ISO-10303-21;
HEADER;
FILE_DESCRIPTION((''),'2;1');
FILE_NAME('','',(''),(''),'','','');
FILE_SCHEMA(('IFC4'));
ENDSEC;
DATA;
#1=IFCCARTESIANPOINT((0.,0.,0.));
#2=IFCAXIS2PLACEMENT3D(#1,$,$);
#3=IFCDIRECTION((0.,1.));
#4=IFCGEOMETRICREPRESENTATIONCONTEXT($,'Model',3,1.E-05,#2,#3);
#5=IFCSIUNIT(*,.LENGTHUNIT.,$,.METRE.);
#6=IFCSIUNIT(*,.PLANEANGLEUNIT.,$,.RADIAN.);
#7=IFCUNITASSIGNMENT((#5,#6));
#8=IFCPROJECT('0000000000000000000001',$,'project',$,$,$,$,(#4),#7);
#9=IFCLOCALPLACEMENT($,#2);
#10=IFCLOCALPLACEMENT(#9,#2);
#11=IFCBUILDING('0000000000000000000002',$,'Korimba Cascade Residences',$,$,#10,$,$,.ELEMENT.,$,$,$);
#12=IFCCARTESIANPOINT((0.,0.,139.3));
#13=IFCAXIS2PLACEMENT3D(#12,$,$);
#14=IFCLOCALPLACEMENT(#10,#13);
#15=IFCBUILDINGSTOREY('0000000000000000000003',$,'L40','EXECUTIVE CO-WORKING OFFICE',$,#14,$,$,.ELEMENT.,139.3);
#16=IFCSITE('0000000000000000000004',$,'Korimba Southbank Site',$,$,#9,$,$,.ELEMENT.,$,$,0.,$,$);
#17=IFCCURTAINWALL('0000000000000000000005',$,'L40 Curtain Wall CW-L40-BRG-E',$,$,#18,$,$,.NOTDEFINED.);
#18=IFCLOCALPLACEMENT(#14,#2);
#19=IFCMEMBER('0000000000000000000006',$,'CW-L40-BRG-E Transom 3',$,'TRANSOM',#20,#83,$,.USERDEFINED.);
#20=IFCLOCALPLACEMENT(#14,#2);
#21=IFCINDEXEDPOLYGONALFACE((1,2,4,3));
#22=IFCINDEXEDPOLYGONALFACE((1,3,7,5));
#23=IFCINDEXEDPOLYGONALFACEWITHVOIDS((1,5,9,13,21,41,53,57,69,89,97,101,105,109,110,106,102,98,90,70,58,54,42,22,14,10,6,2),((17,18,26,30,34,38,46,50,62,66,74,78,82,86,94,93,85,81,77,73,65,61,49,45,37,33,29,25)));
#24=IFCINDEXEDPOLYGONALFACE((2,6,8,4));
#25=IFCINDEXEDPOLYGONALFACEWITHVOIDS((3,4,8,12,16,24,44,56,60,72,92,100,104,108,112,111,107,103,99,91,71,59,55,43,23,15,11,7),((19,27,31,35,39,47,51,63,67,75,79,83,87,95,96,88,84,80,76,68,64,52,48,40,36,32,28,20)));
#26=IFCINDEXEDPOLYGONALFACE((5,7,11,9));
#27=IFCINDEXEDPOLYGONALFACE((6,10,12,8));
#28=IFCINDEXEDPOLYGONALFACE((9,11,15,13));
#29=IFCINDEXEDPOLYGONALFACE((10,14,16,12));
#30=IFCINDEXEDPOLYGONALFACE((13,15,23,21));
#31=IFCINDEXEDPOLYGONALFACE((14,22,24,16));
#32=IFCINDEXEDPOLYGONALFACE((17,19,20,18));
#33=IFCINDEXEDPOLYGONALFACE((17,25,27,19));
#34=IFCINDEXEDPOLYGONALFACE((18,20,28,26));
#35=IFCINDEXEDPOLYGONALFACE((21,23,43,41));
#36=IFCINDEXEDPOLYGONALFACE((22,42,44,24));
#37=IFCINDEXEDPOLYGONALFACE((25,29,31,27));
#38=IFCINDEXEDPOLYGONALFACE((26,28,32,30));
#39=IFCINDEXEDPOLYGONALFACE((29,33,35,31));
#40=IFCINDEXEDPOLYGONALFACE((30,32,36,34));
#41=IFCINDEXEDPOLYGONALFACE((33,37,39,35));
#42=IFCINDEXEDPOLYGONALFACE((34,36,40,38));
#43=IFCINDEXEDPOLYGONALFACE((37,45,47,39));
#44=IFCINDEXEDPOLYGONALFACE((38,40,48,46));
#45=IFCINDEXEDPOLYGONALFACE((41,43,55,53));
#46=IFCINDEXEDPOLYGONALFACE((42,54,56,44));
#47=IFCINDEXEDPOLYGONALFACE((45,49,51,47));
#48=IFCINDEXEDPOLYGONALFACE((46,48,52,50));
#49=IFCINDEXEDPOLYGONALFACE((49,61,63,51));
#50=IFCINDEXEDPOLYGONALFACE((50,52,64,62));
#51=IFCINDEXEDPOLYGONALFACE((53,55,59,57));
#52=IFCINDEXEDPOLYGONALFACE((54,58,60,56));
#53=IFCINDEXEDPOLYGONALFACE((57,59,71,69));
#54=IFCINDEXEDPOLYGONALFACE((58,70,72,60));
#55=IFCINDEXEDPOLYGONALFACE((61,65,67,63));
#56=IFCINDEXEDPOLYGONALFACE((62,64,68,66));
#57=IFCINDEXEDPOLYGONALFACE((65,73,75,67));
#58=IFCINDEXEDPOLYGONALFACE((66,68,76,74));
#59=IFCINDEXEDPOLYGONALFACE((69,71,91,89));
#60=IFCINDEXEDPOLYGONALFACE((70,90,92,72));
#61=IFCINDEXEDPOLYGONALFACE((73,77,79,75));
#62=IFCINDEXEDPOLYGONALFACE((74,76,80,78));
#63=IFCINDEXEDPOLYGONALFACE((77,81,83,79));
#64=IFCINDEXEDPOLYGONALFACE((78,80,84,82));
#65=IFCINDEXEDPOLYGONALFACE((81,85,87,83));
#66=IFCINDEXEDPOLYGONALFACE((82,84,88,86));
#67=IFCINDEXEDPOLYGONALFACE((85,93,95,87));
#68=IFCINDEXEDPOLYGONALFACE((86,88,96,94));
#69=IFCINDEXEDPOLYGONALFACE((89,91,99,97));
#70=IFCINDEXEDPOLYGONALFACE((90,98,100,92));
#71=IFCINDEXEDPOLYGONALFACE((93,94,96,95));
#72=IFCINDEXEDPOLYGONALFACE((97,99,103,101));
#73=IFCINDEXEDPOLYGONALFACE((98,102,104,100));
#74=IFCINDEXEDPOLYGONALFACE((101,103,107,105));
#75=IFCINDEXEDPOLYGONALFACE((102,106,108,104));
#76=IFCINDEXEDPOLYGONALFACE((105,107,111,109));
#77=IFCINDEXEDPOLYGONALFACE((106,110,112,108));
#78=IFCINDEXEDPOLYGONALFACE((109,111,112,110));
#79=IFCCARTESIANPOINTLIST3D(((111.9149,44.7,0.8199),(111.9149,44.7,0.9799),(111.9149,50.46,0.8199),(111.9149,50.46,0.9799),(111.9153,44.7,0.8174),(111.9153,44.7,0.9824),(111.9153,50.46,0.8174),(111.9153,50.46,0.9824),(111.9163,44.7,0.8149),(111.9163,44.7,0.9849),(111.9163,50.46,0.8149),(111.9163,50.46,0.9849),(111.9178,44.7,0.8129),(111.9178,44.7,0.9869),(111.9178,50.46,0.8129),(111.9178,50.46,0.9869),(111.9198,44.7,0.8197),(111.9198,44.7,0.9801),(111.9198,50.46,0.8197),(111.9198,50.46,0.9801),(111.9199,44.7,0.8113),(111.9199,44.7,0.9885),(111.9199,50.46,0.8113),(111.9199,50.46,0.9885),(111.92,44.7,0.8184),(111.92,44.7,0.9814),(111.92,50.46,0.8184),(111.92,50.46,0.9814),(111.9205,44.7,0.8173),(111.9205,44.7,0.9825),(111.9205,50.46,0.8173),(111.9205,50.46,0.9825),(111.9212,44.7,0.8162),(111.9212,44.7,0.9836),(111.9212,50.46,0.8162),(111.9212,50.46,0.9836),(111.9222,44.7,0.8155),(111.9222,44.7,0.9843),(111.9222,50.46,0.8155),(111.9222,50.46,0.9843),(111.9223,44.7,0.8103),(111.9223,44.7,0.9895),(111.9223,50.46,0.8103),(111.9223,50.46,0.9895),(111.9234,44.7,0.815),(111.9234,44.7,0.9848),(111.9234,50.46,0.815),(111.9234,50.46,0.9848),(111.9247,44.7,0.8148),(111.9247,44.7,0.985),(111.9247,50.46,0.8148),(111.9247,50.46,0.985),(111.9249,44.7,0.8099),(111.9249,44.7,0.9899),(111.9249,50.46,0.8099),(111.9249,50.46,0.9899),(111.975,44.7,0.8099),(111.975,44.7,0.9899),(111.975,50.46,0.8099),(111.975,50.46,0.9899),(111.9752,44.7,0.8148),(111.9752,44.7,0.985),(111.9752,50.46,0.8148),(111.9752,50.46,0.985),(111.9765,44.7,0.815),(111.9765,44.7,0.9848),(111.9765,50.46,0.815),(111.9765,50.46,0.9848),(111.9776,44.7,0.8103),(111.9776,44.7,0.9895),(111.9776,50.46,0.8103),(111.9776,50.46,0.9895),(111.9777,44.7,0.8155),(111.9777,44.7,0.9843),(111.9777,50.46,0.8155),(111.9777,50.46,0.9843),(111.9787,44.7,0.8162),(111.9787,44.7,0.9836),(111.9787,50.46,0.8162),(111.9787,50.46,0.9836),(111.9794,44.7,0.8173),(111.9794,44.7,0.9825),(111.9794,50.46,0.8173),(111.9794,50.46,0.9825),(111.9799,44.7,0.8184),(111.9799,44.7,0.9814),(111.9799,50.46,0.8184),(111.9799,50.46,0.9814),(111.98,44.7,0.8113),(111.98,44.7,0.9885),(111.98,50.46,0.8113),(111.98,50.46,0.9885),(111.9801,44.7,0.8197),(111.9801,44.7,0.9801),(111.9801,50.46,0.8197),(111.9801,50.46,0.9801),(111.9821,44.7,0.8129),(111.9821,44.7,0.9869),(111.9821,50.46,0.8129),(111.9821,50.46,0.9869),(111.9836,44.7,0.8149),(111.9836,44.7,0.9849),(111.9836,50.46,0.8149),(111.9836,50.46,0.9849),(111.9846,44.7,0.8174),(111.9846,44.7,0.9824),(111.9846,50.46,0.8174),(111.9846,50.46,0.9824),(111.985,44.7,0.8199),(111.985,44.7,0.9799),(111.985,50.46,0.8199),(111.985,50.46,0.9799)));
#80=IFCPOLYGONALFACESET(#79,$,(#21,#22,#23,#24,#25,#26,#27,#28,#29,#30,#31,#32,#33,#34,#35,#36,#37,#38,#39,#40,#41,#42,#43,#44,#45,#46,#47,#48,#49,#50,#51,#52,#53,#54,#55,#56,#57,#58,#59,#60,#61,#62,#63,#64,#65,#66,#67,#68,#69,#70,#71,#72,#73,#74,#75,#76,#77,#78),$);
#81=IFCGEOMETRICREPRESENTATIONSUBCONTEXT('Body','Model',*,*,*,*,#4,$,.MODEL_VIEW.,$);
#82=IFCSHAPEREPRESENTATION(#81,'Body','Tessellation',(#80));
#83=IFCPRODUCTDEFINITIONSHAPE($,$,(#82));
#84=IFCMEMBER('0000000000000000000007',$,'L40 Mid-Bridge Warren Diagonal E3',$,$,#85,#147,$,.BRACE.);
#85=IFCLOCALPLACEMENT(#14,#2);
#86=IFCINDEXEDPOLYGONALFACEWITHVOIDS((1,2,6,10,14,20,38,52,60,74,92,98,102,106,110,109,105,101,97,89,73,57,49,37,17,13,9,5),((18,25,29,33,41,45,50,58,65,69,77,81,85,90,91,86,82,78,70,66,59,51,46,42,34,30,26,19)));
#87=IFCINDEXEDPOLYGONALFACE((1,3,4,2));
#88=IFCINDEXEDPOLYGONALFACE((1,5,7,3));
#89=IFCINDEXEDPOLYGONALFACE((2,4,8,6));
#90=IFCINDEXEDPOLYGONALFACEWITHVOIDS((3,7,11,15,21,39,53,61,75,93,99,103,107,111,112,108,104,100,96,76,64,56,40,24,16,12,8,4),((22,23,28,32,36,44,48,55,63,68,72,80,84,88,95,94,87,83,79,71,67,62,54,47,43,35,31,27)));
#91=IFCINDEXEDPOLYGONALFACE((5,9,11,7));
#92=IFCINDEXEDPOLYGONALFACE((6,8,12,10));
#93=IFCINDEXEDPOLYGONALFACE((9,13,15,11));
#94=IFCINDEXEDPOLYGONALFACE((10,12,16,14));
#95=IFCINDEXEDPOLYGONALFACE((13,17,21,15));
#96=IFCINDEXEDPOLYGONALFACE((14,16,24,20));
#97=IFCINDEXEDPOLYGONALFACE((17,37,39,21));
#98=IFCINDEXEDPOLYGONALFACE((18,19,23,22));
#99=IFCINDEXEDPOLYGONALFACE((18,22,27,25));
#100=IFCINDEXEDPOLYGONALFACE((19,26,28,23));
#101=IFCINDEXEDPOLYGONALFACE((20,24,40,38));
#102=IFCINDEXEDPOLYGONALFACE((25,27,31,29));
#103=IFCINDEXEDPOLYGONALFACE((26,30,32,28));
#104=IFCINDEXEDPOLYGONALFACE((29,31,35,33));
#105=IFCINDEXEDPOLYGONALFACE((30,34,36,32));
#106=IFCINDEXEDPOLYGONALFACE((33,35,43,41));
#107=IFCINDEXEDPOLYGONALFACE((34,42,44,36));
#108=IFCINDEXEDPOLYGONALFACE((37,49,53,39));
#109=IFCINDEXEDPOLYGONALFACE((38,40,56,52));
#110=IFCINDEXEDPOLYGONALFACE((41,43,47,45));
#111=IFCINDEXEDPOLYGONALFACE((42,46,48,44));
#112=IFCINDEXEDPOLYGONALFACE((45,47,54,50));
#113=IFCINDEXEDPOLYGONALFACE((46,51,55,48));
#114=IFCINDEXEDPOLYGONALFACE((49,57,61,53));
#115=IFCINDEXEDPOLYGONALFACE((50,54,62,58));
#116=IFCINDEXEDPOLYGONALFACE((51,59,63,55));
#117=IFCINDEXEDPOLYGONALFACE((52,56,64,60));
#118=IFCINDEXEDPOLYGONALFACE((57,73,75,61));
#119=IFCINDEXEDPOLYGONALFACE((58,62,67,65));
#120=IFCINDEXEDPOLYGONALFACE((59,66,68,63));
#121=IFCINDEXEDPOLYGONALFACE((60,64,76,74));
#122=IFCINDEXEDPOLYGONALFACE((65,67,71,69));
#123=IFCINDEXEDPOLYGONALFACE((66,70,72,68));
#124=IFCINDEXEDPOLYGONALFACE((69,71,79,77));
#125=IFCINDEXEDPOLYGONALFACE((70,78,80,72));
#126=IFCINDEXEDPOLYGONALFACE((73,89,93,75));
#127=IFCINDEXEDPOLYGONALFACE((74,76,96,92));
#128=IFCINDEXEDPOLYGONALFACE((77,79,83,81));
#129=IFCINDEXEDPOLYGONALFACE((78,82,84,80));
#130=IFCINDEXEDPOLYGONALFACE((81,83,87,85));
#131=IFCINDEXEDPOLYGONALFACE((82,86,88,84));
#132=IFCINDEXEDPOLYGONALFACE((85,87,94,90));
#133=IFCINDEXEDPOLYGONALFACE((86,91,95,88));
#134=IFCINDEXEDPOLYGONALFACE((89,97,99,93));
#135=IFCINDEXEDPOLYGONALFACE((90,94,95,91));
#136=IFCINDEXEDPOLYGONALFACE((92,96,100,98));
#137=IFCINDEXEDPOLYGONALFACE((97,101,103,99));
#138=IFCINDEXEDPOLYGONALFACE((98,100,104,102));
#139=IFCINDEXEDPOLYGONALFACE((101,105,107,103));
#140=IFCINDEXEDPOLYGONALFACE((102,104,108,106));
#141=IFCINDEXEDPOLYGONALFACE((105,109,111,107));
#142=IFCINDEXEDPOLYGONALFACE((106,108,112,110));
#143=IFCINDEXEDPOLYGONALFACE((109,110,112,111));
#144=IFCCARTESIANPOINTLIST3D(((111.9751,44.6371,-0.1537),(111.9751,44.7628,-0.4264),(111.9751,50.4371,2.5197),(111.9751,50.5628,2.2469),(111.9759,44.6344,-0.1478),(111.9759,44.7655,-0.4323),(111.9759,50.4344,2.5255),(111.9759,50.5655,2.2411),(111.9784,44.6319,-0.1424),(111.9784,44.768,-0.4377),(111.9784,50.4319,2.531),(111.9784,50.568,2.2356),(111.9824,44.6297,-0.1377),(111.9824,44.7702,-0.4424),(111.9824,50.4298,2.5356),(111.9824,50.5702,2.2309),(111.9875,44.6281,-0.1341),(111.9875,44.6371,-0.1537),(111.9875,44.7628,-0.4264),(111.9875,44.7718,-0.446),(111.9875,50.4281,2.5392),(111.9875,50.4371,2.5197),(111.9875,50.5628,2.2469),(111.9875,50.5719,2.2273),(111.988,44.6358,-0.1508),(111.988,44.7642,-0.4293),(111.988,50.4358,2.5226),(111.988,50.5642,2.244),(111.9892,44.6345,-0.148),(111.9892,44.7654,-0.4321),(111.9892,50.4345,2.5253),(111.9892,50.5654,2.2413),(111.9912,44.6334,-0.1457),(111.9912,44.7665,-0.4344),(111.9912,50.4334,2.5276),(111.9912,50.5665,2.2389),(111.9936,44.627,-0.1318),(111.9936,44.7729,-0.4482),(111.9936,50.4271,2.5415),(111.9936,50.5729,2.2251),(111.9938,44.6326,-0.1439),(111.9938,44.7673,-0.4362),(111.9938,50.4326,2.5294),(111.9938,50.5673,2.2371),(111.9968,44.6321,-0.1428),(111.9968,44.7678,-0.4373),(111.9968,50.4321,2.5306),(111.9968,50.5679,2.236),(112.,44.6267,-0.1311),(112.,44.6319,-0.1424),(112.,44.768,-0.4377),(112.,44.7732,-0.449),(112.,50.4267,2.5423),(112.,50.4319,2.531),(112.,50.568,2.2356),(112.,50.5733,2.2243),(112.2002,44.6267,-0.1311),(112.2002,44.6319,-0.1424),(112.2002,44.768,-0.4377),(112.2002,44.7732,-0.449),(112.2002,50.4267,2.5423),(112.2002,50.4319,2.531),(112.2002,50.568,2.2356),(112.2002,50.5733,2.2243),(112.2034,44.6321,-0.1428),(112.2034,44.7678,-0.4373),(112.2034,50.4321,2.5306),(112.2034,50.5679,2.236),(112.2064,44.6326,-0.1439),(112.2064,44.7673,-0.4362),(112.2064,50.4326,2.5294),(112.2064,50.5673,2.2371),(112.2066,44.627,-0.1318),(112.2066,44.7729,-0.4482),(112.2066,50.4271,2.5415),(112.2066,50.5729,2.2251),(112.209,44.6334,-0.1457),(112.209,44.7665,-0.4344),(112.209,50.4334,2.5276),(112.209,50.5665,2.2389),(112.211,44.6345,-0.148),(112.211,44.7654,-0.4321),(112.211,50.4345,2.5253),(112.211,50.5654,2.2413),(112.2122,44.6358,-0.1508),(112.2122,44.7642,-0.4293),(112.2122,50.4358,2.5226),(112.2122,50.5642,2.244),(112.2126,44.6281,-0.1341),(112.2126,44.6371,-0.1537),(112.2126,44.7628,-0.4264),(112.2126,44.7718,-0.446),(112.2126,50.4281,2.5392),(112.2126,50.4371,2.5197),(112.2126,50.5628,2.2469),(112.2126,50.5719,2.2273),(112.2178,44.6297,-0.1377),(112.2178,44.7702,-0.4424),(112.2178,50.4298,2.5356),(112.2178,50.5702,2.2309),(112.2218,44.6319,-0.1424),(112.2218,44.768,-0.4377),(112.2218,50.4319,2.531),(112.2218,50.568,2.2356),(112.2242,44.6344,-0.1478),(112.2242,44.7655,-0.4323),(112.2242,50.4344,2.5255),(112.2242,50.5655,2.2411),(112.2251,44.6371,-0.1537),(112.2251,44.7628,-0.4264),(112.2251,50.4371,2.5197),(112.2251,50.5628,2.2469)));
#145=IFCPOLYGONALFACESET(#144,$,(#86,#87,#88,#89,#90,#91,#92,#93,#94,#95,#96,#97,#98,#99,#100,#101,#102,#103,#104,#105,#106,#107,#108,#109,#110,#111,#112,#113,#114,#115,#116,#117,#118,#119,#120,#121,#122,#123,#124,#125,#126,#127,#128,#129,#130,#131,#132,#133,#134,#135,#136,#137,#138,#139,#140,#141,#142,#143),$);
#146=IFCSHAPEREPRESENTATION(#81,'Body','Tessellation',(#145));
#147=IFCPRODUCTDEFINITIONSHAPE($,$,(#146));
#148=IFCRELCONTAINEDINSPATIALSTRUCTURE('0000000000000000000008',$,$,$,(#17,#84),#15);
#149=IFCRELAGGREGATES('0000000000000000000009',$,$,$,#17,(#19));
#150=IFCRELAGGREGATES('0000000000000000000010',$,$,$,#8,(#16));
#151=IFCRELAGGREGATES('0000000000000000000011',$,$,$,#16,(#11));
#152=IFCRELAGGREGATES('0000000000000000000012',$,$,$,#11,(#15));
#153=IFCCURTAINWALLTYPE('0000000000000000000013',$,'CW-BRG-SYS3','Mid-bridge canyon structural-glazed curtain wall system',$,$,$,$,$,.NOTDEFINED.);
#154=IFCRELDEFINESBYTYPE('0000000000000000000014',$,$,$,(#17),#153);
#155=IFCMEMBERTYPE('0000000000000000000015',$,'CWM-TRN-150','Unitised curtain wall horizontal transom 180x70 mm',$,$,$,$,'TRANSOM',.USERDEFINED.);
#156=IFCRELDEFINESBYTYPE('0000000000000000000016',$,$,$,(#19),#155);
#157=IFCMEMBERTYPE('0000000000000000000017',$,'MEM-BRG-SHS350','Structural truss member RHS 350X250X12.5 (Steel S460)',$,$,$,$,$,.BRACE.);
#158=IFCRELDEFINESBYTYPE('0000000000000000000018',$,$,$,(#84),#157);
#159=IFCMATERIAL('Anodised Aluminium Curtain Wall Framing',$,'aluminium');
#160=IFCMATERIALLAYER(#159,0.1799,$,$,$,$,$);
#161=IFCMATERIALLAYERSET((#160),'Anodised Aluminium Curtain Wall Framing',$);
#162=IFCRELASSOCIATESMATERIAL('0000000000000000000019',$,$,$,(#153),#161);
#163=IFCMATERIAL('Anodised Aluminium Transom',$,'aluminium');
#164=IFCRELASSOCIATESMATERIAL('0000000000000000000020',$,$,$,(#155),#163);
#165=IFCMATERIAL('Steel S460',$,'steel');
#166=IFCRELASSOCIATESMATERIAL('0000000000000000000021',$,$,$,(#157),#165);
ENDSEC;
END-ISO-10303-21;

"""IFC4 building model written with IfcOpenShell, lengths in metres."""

from ifc_helpers import new_model, si_unit, direction, frame, origin, origin_2d, place, context, subcontext, project, spatial, hollow_rectangle, extrude, material, layer, layer_set, material_profile, profile_set, type_object, element, aggregate, save


model = new_model("IFC4")

# Units and contexts
model_context = context("Model", 3, precision=1e-05, world=origin(), true_north=direction((0.0, 1.0)))
body_context = subcontext(model_context, "Body", "Model", "MODEL_VIEW")
ifc_project = project(units=[si_unit("LENGTHUNIT", "METRE"), si_unit("PLANEANGLEUNIT", "RADIAN")], contexts=[model_context])

# Site, building, storey
site_placement = place(None, origin())
site = spatial("IfcSite", under=ifc_project, at=site_placement, Name="Korimba Southbank Site", CompositionType="ELEMENT", RefElevation=0.0)
building_placement = place(site_placement, origin())
building = spatial("IfcBuilding", under=site, at=building_placement, Name="Korimba Cascade Residences", CompositionType="ELEMENT")
storey_placement = place(building_placement, frame((0.0, 0.0, 139.3)))
storey = spatial("IfcBuildingStorey", under=building, at=storey_placement, Name="L40", Description="EXECUTIVE CO-WORKING OFFICE", CompositionType="ELEMENT", Elevation=139.3)

# Curtain wall, member
ifc_material_1 = material(Name="Anodised Aluminium Curtain Wall Framing", Category="aluminium")
ifc_layer_1 = layer(ifc_material_1, 0.1799)
ifc_layer_set_1 = layer_set([ifc_layer_1], Name="Anodised Aluminium Curtain Wall Framing")
curtain_wall_type = type_object("IfcCurtainWallType", Name="CW-BRG-SYS3", Description="Mid-bridge canyon structural-glazed curtain wall system", PredefinedType="NOTDEFINED", material=ifc_layer_set_1)
curtain_wall_placement = place(storey_placement, origin())
curtain_wall = element("IfcCurtainWall", 1, at=curtain_wall_placement, inside=storey, type_object=curtain_wall_type, Name="L40 Curtain Wall CW-L40-BRG-E", PredefinedType="NOTDEFINED")
ifc_material_2 = material(Name="Anodised Aluminium Transom", Category="aluminium")
ifc_material_profile_1 = material_profile(ifc_material_2, hollow_rectangle(XDim=0.0701, YDim=0.1799, WallThickness=0.0049, InnerFilletRadius=0.0049, OuterFilletRadius=0.01, at=origin_2d()), Name="Anodised Aluminium Transom")
ifc_profile_set_1 = profile_set([ifc_material_profile_1], Name="Anodised Aluminium Transom")
member_type_1 = type_object("IfcMemberType", Name="CWM-TRN-150", Description="Unitised curtain wall horizontal transom 180x70 mm", ElementType="TRANSOM", PredefinedType="USERDEFINED", material=ifc_profile_set_1)
member_1_placement = place(storey_placement, frame((111.95, 44.7, 0.8999), z_axis=(0.0, 1.0, 0.0), x_axis=(-1.0, 0.0, 0.0)))
member_1 = element("IfcMember", 2, at=member_1_placement, type_object=member_type_1, Name="CW-L40-BRG-E Transom 3", ObjectType="TRANSOM", PredefinedType="USERDEFINED", context=body_context, shape_type="SweptSolid", body=[
    extrude(hollow_rectangle(XDim=0.0701, YDim=0.1799, WallThickness=0.0049, InnerFilletRadius=0.0049, OuterFilletRadius=0.01, at=origin_2d()), origin(), (0.0, 0.0, 1.0), 5.76),
])

# Member
ifc_material_3 = material(Name="Steel S460", Category="steel")
ifc_material_profile_2 = material_profile(ifc_material_3, hollow_rectangle(XDim=0.25, YDim=0.3501, WallThickness=0.0125, InnerFilletRadius=0.0125, OuterFilletRadius=0.0249, at=origin_2d()), Name="Steel S460")
ifc_profile_set_2 = profile_set([ifc_material_profile_2], Name="Steel S460")
member_type_2 = type_object("IfcMemberType", Name="MEM-BRG-SHS350", Description="Structural truss member RHS 350X250X12.5 (Steel S460)", PredefinedType="BRACE", material=ifc_profile_set_2)
member_2_placement = place(storey_placement, frame((112.1001, 44.7, -0.29), z_axis=(0.0, 0.908174, 0.418593), x_axis=(-1.0, 0.0, 0.0)))
element("IfcMember", 3, at=member_2_placement, inside=storey, type_object=member_type_2, Name="L40 Mid-Bridge Warren Diagonal E3", PredefinedType="BRACE", context=body_context, shape_type="SweptSolid", body=[
    extrude(hollow_rectangle(XDim=0.25, YDim=0.3501, WallThickness=0.0125, InnerFilletRadius=0.0125, OuterFilletRadius=0.0249, at=origin_2d()), origin(), (0.0, 0.0, 1.0), 6.3865),
])

aggregate(curtain_wall, [member_1])

save(model, "model.ifc")
